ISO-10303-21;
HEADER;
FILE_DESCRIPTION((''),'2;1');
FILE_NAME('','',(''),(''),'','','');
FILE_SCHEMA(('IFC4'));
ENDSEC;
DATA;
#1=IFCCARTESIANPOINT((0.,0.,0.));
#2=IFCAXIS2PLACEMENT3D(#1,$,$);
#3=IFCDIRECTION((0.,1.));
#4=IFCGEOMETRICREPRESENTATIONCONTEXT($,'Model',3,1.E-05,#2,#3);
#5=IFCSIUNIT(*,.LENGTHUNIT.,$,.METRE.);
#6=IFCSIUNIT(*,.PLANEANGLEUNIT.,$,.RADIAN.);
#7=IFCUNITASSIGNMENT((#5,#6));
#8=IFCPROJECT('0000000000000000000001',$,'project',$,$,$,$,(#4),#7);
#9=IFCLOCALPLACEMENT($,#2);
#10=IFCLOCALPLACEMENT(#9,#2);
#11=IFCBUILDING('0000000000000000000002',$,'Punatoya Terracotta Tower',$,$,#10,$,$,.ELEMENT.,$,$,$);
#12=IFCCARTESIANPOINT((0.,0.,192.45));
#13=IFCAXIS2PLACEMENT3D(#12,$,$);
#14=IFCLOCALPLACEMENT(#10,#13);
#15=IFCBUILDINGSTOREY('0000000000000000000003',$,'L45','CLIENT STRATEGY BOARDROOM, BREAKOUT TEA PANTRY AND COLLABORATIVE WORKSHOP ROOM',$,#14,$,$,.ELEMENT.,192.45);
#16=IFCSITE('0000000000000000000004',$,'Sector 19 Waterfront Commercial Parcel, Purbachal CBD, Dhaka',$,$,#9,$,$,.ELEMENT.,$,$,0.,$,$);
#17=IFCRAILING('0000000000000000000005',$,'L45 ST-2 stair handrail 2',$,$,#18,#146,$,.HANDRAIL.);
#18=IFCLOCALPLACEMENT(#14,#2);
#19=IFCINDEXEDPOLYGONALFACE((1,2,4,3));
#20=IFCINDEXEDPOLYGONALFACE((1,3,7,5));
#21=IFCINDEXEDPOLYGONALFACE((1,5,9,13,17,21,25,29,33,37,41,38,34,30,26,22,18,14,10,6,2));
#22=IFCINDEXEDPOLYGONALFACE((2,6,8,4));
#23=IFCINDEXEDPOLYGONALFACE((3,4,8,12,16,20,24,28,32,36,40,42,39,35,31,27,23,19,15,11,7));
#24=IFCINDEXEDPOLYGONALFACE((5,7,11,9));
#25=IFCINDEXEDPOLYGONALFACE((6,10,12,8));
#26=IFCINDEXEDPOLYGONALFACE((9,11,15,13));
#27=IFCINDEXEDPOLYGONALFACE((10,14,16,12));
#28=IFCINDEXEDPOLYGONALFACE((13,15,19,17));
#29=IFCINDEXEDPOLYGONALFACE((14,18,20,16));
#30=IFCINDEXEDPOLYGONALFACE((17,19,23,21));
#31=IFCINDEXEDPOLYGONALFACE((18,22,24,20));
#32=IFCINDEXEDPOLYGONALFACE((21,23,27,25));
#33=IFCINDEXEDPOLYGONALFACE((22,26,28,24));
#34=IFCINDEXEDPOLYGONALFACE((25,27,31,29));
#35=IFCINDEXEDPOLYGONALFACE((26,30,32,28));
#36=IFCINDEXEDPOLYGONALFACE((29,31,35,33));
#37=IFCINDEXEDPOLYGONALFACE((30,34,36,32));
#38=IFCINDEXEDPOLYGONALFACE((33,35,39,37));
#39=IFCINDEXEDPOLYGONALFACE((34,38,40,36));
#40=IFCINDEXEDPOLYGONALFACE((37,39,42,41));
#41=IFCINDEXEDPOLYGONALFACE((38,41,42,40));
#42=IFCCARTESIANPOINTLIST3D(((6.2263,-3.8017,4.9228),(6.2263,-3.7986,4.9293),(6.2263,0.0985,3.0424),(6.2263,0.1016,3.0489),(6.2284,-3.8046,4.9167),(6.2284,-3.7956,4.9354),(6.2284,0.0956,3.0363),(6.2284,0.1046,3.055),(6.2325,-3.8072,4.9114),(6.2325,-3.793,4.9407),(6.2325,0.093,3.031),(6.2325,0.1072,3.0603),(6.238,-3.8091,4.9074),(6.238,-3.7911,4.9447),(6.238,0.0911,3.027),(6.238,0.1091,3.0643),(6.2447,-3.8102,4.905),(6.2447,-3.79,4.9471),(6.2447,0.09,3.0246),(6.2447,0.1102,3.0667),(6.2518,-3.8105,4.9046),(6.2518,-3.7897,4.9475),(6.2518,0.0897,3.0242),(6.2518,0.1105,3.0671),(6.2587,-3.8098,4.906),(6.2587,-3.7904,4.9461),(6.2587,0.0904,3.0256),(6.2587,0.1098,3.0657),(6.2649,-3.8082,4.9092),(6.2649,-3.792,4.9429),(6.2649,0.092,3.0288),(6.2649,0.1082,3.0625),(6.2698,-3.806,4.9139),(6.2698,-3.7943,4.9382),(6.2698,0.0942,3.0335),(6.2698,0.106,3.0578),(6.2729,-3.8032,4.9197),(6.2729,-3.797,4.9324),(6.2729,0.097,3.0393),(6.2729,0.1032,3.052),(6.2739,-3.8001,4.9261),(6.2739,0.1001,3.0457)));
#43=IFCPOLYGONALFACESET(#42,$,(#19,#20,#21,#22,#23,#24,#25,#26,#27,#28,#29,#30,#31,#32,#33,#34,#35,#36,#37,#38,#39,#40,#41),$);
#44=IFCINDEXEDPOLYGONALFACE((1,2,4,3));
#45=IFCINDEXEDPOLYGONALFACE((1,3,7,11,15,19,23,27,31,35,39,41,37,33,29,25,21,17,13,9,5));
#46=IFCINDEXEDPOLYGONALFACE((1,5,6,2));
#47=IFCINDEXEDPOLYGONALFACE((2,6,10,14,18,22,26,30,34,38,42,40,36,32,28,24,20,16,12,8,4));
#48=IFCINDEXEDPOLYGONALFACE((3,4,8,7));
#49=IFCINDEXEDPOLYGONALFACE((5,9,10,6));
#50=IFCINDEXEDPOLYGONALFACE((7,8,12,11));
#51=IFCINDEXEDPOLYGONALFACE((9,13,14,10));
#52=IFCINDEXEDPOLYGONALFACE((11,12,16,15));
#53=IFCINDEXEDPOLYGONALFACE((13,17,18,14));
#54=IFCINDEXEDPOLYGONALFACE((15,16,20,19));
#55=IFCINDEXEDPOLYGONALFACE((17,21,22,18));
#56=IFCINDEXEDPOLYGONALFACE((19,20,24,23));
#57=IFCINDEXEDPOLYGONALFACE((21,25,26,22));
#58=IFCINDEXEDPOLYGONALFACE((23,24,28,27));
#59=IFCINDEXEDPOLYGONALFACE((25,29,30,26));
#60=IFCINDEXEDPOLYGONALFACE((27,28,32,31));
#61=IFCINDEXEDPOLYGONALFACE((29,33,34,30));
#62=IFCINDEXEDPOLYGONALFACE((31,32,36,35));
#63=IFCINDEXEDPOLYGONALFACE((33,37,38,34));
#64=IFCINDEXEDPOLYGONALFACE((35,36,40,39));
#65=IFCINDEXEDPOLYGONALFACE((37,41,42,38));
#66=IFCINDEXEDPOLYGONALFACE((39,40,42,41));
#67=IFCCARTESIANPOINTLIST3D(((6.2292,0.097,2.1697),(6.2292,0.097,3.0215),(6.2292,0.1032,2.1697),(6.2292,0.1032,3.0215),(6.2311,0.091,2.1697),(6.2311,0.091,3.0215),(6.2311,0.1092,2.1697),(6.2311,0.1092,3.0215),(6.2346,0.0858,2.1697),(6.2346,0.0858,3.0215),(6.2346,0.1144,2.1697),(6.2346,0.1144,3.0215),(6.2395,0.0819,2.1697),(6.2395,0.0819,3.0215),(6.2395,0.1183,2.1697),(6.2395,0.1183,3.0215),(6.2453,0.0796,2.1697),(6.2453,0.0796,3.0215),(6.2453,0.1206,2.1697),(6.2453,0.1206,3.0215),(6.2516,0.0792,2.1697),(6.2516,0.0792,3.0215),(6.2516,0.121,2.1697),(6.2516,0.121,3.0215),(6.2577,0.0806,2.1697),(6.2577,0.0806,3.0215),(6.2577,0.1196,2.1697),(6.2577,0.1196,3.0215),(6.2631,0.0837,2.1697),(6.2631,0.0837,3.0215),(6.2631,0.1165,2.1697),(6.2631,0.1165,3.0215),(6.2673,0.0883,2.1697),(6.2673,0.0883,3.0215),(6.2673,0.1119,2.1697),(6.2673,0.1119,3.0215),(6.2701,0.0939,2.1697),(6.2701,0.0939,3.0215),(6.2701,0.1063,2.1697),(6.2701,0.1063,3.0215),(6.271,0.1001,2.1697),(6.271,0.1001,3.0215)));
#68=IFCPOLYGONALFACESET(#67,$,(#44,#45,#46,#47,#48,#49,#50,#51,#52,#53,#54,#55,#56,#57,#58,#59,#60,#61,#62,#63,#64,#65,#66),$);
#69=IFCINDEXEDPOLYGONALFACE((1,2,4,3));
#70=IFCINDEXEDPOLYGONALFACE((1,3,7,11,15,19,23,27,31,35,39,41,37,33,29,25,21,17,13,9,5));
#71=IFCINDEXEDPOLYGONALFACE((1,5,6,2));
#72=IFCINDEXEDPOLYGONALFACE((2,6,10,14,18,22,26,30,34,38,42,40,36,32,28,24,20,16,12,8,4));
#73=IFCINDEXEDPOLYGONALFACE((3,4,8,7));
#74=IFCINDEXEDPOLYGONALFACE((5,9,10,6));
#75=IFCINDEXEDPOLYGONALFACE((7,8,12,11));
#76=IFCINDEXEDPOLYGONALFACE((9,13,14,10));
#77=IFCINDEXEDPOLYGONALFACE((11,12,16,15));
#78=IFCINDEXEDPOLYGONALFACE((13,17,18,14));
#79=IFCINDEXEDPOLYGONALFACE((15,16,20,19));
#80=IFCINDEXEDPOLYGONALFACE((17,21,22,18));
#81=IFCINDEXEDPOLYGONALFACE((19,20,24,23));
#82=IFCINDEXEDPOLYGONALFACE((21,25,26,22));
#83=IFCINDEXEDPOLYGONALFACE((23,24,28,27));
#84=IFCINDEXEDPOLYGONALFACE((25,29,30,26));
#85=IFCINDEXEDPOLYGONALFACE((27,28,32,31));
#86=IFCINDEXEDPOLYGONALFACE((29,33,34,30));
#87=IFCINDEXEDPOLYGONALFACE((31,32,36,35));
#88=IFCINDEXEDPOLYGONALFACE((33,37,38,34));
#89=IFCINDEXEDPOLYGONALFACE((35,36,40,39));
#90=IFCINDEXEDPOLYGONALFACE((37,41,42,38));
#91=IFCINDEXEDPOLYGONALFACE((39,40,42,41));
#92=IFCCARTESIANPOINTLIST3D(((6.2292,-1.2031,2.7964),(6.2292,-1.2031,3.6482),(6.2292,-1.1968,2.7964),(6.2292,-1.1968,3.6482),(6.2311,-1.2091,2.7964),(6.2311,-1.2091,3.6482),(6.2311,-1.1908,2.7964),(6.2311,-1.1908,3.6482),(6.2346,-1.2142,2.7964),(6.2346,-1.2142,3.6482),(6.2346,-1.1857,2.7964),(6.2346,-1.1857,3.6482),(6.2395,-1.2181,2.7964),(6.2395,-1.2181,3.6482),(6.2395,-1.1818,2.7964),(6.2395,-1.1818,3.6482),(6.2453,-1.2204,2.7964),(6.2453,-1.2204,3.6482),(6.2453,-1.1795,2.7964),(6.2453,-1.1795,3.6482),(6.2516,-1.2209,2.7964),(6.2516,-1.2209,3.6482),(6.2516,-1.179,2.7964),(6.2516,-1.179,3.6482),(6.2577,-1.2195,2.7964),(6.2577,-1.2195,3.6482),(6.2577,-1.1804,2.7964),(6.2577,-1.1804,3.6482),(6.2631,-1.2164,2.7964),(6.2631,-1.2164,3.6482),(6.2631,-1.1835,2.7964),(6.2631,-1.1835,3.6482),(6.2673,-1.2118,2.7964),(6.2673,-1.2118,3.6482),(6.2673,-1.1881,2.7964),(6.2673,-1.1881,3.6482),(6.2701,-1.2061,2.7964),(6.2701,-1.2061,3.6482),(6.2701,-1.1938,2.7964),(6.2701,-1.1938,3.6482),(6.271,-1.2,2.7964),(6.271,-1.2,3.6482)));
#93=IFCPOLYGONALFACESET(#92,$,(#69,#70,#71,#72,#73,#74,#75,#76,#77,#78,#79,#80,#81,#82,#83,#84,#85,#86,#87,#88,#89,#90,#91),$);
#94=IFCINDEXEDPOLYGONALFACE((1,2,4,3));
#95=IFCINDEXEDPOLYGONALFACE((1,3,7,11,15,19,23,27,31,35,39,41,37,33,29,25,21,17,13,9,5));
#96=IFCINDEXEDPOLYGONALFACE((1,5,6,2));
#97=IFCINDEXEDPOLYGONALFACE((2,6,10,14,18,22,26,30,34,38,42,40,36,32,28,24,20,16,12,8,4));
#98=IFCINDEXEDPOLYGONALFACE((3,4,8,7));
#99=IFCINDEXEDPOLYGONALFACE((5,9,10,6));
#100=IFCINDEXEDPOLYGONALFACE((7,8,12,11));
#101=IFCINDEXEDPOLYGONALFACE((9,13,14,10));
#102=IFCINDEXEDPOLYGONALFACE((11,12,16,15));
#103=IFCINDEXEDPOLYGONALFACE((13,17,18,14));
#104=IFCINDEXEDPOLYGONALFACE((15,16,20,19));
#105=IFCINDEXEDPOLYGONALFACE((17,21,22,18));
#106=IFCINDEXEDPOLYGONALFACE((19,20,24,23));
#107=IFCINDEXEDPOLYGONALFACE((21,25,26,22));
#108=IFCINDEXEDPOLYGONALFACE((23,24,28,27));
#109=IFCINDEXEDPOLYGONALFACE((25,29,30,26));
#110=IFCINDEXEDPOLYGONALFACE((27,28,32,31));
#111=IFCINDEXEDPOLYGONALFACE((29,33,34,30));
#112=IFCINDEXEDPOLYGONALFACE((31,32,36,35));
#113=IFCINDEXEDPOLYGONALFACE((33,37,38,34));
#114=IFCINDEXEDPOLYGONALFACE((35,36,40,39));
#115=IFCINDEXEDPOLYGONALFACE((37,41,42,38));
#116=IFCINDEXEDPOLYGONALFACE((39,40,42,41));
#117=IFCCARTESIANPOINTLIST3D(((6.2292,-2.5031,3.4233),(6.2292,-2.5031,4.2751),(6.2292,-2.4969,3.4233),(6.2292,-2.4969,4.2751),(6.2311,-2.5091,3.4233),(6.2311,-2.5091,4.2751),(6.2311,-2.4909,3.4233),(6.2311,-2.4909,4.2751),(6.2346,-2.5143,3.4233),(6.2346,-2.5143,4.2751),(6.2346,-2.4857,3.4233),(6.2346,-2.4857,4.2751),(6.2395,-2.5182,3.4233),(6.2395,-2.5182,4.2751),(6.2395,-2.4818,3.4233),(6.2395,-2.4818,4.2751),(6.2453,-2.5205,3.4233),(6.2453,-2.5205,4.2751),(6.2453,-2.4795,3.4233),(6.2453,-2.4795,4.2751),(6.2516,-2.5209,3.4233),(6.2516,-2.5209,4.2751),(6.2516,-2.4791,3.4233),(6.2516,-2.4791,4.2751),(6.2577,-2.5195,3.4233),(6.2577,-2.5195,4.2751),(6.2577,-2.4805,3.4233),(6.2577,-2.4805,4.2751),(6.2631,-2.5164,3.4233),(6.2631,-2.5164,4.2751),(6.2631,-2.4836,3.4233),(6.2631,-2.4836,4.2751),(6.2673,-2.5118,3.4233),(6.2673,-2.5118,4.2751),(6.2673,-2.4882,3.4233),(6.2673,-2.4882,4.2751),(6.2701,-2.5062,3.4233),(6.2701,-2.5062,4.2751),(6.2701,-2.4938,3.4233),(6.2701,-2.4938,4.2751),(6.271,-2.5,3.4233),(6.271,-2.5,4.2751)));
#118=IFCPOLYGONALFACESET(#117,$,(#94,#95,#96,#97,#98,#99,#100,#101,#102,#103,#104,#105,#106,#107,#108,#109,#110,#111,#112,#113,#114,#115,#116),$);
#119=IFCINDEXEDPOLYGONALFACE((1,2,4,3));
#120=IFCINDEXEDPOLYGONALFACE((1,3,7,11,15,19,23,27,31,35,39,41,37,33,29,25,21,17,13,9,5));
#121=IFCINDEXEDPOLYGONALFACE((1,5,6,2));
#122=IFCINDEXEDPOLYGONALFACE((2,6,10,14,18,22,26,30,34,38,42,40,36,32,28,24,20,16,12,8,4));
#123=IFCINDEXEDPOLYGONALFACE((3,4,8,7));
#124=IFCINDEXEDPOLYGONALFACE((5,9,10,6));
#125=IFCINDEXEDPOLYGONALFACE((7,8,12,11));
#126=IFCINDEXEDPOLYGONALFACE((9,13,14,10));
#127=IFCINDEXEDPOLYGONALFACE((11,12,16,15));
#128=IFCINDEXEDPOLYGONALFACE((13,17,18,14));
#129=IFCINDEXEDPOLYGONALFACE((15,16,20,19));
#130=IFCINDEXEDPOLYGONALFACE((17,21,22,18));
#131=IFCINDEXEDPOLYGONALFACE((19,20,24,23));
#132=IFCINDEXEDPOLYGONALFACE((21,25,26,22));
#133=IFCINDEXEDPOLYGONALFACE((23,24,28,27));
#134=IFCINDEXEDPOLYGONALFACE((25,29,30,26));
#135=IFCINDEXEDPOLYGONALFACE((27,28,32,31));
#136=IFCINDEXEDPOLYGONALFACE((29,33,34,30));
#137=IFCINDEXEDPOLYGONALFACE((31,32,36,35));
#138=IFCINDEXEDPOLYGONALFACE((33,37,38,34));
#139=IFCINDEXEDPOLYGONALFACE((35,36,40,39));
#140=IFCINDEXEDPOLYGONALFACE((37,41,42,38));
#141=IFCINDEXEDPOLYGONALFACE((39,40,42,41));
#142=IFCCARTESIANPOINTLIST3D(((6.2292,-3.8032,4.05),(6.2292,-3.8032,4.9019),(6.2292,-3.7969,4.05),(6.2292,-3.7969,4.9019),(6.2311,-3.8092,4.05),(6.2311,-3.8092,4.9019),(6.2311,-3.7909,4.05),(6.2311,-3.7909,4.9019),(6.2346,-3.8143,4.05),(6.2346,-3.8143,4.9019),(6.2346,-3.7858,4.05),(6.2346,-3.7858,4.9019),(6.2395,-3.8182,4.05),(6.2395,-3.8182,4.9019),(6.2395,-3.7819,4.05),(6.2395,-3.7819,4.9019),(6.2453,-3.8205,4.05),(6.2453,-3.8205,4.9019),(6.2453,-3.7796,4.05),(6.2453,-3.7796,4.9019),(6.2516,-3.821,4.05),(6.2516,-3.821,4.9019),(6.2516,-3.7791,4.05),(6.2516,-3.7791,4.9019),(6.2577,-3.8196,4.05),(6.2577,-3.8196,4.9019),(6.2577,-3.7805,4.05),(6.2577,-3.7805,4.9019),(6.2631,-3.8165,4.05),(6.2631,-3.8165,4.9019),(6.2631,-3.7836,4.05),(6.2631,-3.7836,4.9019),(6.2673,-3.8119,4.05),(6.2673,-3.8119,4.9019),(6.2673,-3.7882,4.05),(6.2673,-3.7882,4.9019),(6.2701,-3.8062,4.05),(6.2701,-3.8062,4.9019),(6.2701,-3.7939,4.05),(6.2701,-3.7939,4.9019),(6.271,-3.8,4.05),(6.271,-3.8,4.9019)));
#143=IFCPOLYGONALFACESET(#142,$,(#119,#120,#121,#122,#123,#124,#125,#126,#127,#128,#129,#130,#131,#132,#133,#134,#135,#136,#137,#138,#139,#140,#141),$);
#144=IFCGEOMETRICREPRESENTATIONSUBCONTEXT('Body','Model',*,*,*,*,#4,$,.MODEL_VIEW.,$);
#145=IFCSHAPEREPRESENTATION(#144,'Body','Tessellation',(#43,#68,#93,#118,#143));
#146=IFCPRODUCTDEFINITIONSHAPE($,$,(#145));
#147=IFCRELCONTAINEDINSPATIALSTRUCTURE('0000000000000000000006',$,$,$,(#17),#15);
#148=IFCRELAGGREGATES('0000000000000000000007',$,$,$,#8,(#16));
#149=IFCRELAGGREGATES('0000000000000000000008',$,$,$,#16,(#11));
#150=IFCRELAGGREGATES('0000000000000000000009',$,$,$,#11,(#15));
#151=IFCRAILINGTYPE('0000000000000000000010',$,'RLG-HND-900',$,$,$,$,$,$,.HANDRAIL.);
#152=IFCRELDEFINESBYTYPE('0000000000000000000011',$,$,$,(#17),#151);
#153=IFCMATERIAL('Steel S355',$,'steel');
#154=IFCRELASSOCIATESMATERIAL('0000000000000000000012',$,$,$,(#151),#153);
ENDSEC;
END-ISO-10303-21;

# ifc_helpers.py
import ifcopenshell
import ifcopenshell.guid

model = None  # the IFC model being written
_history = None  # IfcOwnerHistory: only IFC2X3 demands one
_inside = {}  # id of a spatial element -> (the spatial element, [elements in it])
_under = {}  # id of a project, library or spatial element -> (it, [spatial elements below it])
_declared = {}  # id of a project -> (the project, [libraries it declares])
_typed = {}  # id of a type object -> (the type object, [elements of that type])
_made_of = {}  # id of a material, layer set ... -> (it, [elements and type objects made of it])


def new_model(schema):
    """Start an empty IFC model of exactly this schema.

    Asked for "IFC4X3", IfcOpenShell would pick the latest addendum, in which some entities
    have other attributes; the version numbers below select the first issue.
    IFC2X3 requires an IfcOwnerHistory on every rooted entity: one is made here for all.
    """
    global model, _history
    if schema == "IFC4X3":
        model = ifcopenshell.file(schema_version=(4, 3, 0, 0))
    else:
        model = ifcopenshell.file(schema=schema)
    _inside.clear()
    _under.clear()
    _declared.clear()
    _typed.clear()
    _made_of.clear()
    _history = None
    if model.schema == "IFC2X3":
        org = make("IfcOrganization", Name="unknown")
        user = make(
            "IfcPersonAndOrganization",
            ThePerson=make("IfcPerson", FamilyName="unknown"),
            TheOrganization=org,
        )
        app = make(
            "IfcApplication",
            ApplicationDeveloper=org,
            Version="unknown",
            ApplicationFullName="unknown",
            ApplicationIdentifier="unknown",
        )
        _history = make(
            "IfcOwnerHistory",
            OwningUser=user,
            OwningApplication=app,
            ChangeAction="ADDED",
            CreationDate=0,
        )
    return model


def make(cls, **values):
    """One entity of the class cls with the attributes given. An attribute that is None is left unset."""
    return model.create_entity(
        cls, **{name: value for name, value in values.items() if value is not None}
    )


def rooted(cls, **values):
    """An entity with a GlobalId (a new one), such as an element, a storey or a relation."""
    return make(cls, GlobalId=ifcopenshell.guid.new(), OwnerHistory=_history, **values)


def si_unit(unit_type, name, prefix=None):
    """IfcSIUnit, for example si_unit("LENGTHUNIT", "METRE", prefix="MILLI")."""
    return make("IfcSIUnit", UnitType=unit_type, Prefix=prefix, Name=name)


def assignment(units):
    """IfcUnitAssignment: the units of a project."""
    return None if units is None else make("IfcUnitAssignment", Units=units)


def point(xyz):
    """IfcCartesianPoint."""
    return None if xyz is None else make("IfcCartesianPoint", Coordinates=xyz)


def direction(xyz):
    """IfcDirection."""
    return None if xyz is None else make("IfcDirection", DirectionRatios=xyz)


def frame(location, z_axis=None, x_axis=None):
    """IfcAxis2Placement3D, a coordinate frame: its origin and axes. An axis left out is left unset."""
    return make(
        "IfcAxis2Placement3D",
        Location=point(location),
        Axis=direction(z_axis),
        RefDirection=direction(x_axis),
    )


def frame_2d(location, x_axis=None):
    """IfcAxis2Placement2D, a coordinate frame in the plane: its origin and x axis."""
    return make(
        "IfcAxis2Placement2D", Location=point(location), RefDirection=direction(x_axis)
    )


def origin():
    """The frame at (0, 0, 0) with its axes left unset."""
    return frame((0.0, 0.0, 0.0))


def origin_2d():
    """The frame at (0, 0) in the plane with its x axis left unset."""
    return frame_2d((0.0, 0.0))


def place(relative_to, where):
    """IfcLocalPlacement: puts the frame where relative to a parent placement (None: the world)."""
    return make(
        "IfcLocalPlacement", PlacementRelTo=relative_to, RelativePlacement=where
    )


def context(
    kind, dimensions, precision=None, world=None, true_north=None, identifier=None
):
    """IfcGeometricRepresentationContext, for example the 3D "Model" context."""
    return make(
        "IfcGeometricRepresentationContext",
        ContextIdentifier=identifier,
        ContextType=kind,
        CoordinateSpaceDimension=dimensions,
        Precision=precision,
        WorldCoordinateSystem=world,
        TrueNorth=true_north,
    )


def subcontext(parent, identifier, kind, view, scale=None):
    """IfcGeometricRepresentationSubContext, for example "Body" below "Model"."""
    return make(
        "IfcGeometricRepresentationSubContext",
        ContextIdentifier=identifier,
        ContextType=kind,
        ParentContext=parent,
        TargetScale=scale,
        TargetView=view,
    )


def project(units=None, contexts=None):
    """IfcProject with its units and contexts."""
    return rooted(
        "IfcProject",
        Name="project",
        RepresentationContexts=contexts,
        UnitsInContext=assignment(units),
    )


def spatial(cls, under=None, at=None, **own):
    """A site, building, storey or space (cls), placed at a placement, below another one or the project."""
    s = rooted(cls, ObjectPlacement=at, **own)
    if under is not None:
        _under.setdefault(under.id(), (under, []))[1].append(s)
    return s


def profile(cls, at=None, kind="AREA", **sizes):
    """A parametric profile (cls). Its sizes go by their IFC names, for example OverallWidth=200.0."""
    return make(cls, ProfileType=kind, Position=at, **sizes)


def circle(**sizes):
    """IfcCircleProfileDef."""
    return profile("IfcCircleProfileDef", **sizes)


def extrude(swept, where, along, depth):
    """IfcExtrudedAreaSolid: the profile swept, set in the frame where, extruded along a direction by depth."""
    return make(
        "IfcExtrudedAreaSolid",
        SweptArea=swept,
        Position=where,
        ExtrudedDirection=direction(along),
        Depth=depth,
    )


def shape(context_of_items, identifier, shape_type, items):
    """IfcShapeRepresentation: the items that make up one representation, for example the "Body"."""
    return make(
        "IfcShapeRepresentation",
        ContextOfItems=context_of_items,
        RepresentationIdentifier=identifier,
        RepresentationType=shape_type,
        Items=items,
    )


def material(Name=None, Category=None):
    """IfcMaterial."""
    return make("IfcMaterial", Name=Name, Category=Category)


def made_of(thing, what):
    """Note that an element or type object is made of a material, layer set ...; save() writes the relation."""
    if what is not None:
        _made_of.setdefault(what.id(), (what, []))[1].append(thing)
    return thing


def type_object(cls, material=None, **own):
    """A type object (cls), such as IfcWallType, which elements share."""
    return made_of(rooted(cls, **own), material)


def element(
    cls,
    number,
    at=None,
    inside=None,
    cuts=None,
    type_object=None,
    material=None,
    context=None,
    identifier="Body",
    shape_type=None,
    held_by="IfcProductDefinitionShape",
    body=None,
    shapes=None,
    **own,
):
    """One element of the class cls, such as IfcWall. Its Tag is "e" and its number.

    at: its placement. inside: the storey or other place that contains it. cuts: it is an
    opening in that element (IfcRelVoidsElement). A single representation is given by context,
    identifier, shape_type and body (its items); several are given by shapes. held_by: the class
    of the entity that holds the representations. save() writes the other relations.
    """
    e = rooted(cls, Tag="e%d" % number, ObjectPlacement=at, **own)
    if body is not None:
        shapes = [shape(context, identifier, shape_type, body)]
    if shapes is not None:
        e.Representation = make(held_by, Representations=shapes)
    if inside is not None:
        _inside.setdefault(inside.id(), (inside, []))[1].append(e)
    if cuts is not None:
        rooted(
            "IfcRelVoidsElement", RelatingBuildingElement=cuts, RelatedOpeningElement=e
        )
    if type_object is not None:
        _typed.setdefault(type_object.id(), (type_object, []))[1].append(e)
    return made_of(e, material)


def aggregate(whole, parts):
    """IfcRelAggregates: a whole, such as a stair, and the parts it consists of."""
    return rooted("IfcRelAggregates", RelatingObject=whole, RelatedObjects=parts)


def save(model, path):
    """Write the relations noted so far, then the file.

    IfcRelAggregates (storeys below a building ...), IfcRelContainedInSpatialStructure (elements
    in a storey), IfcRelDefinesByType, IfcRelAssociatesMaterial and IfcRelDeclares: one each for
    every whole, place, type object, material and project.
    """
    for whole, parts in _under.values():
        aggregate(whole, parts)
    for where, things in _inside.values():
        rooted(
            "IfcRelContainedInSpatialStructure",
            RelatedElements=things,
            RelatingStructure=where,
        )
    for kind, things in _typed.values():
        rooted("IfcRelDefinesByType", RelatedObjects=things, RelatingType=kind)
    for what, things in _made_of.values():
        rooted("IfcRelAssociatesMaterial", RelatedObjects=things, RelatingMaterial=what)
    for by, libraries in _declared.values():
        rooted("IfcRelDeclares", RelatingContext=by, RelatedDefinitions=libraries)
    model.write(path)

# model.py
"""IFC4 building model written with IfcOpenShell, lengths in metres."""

from ifc_helpers import new_model, si_unit, direction, frame, origin, origin_2d, place, context, subcontext, project, spatial, circle, extrude, material, type_object, element, save


model = new_model("IFC4")

# Units and contexts
model_context = context("Model", 3, precision=1e-05, world=origin(), true_north=direction((0.0, 1.0)))
body_context = subcontext(model_context, "Body", "Model", "MODEL_VIEW")
ifc_project = project(units=[si_unit("LENGTHUNIT", "METRE"), si_unit("PLANEANGLEUNIT", "RADIAN")], contexts=[model_context])

# Site, building, storey
site_placement = place(None, origin())
site = spatial("IfcSite", under=ifc_project, at=site_placement, Name="Sector 19 Waterfront Commercial Parcel, Purbachal CBD, Dhaka", CompositionType="ELEMENT", RefElevation=0.0)
building_placement = place(site_placement, origin())
building = spatial("IfcBuilding", under=site, at=building_placement, Name="Punatoya Terracotta Tower", CompositionType="ELEMENT")
storey_placement = place(building_placement, frame((0.0, 0.0, 192.45)))
storey = spatial("IfcBuildingStorey", under=building, at=storey_placement, Name="L45", Description="CLIENT STRATEGY BOARDROOM, BREAKOUT TEA PANTRY AND COLLABORATIVE WORKSHOP ROOM", CompositionType="ELEMENT", Elevation=192.45)

# Shared definitions
ifc_material_1 = material(Name="Steel S355", Category="steel")

# Railing
railing_type_1 = type_object("IfcRailingType", Name="RLG-HND-900", PredefinedType="HANDRAIL", material=ifc_material_1)
railing_1_placement = place(storey_placement, frame((6.25, 0.1001, 2.1697)))
element("IfcRailing", 1, at=railing_1_placement, inside=storey, type_object=railing_type_1, Name="L45 ST-2 stair handrail 2", PredefinedType="HANDRAIL", context=body_context, shape_type="SweptSolid", body=[
    extrude(circle(Radius=0.0239, at=origin_2d()), frame((0.0, 0.0, 0.876), z_axis=(0.0, -0.900774, 0.434289), x_axis=(1.0, 0.0, 0.0)), (0.0, 0.0, 1.0), 4.3298),
    extrude(circle(Radius=0.021, at=origin_2d()), origin(), (0.0, 0.0, 1.0), 0.8518),
    extrude(circle(Radius=0.021, at=origin_2d()), frame((0.0, -1.3, 0.6267)), (0.0, 0.0, 1.0), 0.8518),
    extrude(circle(Radius=0.021, at=origin_2d()), frame((0.0, -2.6001, 1.2537)), (0.0, 0.0, 1.0), 0.8518),
    extrude(circle(Radius=0.021, at=origin_2d()), frame((0.0, -3.9001, 1.8804)), (0.0, 0.0, 1.0), 0.8518),
])

save(model, "model.ifc")
